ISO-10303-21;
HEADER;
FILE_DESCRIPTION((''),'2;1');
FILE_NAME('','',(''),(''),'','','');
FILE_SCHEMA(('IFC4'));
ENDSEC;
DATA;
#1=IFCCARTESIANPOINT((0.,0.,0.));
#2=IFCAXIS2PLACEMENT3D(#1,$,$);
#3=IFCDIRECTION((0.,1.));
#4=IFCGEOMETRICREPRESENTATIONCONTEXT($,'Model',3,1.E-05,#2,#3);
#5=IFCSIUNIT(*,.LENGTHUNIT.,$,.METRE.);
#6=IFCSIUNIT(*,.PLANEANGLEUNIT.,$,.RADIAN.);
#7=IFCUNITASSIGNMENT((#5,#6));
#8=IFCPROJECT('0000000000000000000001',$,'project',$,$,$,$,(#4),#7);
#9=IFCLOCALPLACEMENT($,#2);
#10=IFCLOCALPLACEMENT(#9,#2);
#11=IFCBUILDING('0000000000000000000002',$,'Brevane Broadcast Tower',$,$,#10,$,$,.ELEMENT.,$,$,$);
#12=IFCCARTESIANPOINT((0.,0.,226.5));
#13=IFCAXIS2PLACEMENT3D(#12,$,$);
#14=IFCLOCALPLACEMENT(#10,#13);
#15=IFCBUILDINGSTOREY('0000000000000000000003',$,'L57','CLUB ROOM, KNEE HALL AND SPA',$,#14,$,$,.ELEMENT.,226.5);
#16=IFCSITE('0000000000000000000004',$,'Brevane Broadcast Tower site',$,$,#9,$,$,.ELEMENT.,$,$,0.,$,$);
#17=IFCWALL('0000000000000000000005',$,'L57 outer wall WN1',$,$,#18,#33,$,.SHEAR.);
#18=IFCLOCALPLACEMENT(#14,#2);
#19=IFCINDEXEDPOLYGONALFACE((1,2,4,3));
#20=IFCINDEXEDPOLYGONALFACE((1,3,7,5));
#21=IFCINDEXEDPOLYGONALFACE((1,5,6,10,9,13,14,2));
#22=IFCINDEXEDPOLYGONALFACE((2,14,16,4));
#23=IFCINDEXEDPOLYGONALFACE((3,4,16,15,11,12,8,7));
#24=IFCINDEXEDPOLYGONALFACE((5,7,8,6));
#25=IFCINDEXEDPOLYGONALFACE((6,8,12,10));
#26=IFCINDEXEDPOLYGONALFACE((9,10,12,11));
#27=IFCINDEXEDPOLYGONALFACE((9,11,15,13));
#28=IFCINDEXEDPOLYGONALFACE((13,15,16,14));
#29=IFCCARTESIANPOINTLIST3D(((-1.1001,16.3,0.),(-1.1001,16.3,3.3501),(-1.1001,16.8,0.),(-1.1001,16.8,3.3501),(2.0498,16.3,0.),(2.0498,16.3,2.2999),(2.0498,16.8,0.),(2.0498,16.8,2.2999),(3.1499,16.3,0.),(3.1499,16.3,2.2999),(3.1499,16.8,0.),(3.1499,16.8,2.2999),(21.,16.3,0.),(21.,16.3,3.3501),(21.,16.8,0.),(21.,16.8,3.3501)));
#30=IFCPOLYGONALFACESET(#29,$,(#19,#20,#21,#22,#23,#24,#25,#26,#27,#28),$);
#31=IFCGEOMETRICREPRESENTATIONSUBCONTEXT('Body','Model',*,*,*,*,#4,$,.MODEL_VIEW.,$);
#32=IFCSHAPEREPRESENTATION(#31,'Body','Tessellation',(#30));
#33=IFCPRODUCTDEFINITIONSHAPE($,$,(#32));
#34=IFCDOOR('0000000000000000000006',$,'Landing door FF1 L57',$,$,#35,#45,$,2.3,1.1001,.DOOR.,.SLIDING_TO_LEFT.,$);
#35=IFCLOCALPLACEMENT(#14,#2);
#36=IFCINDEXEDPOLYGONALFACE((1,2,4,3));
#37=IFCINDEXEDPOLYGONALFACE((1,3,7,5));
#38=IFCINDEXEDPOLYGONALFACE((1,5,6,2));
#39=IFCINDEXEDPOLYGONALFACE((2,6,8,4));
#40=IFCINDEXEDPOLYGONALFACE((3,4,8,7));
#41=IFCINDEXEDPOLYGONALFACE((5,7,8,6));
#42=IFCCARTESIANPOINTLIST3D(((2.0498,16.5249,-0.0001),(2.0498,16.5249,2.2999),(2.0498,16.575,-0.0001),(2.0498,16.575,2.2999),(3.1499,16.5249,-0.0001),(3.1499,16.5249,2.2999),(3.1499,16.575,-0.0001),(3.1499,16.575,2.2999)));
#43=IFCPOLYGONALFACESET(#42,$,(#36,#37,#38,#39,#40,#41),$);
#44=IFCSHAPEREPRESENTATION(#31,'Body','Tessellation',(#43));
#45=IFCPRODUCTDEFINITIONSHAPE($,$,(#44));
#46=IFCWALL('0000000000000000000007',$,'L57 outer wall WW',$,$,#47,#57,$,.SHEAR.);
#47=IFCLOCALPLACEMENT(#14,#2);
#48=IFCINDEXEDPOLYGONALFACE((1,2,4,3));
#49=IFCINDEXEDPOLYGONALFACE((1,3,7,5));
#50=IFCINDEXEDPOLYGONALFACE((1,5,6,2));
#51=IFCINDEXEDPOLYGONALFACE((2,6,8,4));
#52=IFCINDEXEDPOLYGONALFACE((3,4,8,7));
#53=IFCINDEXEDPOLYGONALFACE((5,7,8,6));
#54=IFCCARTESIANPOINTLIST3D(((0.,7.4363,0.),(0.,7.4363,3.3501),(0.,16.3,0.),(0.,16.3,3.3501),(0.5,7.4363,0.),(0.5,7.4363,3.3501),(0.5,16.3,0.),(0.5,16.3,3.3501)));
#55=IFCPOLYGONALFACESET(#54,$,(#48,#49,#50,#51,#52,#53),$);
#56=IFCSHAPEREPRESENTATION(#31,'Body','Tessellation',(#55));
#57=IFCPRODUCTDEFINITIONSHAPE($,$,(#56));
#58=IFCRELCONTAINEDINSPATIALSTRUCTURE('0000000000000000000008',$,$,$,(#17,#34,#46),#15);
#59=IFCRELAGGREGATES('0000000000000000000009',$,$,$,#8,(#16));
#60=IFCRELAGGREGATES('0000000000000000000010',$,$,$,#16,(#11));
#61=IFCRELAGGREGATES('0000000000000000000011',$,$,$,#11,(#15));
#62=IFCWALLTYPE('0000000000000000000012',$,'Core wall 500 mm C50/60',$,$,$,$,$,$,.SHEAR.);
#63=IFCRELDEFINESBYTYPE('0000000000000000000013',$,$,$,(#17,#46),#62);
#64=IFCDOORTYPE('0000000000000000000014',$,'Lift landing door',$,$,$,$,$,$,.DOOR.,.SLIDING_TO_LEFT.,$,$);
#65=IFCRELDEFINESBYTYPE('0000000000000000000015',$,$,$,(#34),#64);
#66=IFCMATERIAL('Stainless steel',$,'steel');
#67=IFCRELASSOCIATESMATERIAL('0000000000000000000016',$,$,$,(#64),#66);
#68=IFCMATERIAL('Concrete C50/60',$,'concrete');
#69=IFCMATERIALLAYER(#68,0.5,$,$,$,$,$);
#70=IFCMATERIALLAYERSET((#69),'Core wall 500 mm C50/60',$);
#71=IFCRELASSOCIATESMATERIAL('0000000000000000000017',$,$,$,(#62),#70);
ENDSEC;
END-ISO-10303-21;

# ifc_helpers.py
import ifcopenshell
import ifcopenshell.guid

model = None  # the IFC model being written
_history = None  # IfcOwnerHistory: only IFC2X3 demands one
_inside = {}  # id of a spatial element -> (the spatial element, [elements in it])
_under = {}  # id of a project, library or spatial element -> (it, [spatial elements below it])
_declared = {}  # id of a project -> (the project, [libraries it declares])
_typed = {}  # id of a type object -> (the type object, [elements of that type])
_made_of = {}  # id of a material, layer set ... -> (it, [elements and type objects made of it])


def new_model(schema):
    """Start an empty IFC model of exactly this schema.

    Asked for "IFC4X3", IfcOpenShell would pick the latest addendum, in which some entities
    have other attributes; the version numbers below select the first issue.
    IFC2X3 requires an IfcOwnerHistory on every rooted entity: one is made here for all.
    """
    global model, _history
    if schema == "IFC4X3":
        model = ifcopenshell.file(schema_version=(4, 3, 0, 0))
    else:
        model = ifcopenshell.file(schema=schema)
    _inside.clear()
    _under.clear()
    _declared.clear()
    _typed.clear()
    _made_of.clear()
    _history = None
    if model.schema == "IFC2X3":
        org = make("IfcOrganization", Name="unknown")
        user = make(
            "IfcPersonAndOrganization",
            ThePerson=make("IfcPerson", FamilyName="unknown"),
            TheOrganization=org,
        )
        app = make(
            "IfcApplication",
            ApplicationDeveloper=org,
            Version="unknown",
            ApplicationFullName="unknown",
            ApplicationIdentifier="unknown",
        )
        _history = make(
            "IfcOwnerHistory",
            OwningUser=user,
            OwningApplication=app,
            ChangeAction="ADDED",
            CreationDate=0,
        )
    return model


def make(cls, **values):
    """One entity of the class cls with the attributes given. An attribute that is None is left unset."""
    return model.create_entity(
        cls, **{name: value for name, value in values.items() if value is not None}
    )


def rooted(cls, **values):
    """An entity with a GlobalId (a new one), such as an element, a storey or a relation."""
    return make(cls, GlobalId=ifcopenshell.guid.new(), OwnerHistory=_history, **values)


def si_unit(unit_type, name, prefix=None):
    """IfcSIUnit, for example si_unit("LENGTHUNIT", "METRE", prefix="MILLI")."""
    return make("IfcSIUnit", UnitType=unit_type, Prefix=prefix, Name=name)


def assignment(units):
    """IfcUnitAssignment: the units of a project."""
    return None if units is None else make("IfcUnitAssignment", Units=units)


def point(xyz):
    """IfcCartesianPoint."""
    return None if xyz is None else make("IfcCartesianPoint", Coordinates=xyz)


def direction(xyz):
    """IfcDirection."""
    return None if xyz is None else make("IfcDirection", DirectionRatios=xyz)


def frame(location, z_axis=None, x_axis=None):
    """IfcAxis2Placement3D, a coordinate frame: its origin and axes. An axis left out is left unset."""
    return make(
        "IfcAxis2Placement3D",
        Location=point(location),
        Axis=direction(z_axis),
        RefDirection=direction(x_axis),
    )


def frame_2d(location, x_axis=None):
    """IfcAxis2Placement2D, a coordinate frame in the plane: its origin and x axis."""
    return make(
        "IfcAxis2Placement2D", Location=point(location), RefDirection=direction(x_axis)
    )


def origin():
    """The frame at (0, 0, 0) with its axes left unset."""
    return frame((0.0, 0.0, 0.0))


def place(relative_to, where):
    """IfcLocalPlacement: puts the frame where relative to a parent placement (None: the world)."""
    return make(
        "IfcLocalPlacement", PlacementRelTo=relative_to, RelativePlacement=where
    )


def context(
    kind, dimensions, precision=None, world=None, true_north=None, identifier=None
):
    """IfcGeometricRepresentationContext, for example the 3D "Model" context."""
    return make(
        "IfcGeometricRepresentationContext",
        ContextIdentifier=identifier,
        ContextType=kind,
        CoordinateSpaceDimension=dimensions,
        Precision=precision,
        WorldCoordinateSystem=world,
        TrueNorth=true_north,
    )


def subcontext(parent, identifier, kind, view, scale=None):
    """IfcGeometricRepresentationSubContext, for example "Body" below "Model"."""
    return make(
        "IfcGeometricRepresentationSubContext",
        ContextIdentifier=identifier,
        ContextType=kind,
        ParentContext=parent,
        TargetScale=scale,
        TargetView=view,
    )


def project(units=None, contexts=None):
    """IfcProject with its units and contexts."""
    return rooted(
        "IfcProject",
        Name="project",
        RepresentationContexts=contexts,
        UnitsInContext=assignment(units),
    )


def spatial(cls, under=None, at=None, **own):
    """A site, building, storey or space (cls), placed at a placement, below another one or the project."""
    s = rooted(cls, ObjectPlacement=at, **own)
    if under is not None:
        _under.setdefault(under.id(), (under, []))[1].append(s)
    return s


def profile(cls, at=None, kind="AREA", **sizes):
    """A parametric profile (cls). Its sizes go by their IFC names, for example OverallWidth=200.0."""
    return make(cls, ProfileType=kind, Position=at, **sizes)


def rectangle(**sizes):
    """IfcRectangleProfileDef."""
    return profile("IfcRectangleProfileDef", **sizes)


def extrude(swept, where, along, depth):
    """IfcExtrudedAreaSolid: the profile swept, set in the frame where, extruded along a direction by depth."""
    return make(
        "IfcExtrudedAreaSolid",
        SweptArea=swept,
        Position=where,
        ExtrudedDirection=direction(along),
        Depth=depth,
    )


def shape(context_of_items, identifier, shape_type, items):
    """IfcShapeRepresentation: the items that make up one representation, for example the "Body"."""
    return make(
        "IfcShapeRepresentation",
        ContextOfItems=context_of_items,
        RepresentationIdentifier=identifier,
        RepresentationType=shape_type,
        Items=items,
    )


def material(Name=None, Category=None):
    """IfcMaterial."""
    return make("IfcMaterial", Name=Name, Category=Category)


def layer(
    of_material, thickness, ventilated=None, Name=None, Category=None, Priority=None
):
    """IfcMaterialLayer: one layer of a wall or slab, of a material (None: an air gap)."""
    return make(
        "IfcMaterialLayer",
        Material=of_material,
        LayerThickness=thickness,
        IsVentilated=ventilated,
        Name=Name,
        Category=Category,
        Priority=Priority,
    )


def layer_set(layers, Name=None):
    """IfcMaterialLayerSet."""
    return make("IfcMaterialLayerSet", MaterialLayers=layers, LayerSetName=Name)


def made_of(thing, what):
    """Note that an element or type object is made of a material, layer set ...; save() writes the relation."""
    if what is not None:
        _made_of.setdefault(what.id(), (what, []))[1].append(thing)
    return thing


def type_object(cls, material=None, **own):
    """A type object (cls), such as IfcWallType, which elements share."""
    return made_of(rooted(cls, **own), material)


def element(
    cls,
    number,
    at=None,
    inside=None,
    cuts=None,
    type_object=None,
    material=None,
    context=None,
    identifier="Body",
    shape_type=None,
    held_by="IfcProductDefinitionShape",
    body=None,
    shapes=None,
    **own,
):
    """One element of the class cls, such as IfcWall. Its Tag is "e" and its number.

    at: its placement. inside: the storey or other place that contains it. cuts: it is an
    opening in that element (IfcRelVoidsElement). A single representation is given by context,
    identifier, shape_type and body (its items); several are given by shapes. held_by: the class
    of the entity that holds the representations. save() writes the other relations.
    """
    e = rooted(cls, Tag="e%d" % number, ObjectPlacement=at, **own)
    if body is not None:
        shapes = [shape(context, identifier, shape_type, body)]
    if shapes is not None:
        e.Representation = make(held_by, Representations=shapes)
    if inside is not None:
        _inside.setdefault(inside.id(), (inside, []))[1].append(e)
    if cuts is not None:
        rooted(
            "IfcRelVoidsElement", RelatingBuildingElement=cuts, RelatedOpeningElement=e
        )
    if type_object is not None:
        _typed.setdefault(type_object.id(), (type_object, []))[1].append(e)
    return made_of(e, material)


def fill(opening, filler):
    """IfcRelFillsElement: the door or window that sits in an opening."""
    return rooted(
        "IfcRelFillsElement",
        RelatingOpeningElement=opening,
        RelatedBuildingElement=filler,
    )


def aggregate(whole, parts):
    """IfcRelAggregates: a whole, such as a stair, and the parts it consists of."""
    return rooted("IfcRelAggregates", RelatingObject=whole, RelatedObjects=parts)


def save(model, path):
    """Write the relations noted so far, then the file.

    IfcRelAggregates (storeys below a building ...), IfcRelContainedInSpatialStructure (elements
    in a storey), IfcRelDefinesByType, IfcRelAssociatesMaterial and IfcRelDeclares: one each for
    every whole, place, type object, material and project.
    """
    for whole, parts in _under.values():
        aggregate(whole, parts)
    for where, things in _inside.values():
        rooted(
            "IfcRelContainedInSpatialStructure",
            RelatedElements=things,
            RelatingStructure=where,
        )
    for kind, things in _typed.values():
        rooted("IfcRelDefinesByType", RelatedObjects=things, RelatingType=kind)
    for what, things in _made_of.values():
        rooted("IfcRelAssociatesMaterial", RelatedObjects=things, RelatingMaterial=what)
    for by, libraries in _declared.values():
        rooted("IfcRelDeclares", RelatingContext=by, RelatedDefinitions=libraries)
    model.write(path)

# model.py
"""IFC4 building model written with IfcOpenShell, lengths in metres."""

from ifc_helpers import new_model, si_unit, direction, frame, frame_2d, origin, place, context, subcontext, project, spatial, rectangle, extrude, material, layer, layer_set, type_object, element, fill, save


model = new_model("IFC4")

# Units and contexts
model_context = context("Model", 3, precision=1e-05, world=origin(), true_north=direction((0.0, 1.0)))
body_context = subcontext(model_context, "Body", "Model", "MODEL_VIEW")
ifc_project = project(units=[si_unit("LENGTHUNIT", "METRE"), si_unit("PLANEANGLEUNIT", "RADIAN")], contexts=[model_context])

# Site, building, storey
site_placement = place(None, origin())
site = spatial("IfcSite", under=ifc_project, at=site_placement, Name="Brevane Broadcast Tower site", CompositionType="ELEMENT", RefElevation=0.0)
building_placement = place(site_placement, origin())
building = spatial("IfcBuilding", under=site, at=building_placement, Name="Brevane Broadcast Tower", CompositionType="ELEMENT")
storey_placement = place(building_placement, frame((0.0, 0.0, 226.5)))
storey = spatial("IfcBuildingStorey", under=building, at=storey_placement, Name="L57", Description="CLUB ROOM, KNEE HALL AND SPA", CompositionType="ELEMENT", Elevation=226.5)

# Shared definitions
ifc_material_1 = material(Name="Concrete C50/60", Category="concrete")
ifc_material_2 = material(Name="Stainless steel", Category="steel")
door_type_1 = type_object("IfcDoorType", Name="Lift landing door", OperationType="SLIDING_TO_LEFT", PredefinedType="DOOR", material=ifc_material_2)

# Wall, opening, door
ifc_layer_1 = layer(ifc_material_1, 0.5)
ifc_layer_set_1 = layer_set([ifc_layer_1], Name="Core wall 500 mm C50/60")
wall_type_1 = type_object("IfcWallType", Name="Core wall 500 mm C50/60", PredefinedType="SHEAR", material=ifc_layer_set_1)
wall_1_placement = place(storey_placement, frame((-1.1001, 16.55, 0.0), z_axis=(0.0, 0.0, 1.0), x_axis=(1.0, 0.0, 0.0)))
wall_1 = element("IfcWall", 1, at=wall_1_placement, inside=storey, type_object=wall_type_1, Name="L57 outer wall WN1", PredefinedType="SHEAR", context=body_context, shape_type="SweptSolid", body=[
    extrude(rectangle(XDim=22.1001, YDim=0.5, at=frame_2d((11.05, 0.0))), origin(), (0.0, 0.0, 1.0), 3.3501),
])
opening_1_placement = place(wall_1_placement, frame((3.1499, 0.0, 0.0)))
opening_1 = element("IfcOpeningElement", 2, at=opening_1_placement, cuts=wall_1, PredefinedType="OPENING", context=body_context, shape_type="SweptSolid", body=[
    extrude(rectangle(XDim=1.1001, YDim=2.3, at=frame_2d((0.55, 1.1499))), frame((0.0, 0.26, 0.0), z_axis=(0.0, -1.0, 0.0), x_axis=(1.0, 0.0, 0.0)), (0.0, 0.0, 1.0), 0.52),
])
door_1_placement = place(opening_1_placement, origin())
door_1 = element("IfcDoor", 3, at=door_1_placement, inside=storey, type_object=door_type_1, Name="Landing door FF1 L57", OperationType="SLIDING_TO_LEFT", OverallHeight=2.3, OverallWidth=1.1001, PredefinedType="DOOR", context=body_context, shape_type="SweptSolid", body=[
    extrude(rectangle(XDim=1.1001, YDim=2.3, at=frame_2d((0.55, 1.1499))), frame((0.0, 0.0249, 0.0), z_axis=(0.0, -1.0, 0.0), x_axis=(1.0, 0.0, 0.0)), (0.0, 0.0, 1.0), 0.05),
])
fill(opening_1, door_1)

# Wall
wall_2_placement = place(storey_placement, frame((0.25, 7.4363, 0.0), z_axis=(0.0, 0.0, 1.0), x_axis=(0.0, 1.0, 0.0)))
element("IfcWall", 4, at=wall_2_placement, inside=storey, type_object=wall_type_1, Name="L57 outer wall WW", PredefinedType="SHEAR", context=body_context, shape_type="SweptSolid", body=[
    extrude(rectangle(XDim=8.8638, YDim=0.5, at=frame_2d((4.4319, 0.0))), origin(), (0.0, 0.0, 1.0), 3.3501),
])

save(model, "model.ifc")
